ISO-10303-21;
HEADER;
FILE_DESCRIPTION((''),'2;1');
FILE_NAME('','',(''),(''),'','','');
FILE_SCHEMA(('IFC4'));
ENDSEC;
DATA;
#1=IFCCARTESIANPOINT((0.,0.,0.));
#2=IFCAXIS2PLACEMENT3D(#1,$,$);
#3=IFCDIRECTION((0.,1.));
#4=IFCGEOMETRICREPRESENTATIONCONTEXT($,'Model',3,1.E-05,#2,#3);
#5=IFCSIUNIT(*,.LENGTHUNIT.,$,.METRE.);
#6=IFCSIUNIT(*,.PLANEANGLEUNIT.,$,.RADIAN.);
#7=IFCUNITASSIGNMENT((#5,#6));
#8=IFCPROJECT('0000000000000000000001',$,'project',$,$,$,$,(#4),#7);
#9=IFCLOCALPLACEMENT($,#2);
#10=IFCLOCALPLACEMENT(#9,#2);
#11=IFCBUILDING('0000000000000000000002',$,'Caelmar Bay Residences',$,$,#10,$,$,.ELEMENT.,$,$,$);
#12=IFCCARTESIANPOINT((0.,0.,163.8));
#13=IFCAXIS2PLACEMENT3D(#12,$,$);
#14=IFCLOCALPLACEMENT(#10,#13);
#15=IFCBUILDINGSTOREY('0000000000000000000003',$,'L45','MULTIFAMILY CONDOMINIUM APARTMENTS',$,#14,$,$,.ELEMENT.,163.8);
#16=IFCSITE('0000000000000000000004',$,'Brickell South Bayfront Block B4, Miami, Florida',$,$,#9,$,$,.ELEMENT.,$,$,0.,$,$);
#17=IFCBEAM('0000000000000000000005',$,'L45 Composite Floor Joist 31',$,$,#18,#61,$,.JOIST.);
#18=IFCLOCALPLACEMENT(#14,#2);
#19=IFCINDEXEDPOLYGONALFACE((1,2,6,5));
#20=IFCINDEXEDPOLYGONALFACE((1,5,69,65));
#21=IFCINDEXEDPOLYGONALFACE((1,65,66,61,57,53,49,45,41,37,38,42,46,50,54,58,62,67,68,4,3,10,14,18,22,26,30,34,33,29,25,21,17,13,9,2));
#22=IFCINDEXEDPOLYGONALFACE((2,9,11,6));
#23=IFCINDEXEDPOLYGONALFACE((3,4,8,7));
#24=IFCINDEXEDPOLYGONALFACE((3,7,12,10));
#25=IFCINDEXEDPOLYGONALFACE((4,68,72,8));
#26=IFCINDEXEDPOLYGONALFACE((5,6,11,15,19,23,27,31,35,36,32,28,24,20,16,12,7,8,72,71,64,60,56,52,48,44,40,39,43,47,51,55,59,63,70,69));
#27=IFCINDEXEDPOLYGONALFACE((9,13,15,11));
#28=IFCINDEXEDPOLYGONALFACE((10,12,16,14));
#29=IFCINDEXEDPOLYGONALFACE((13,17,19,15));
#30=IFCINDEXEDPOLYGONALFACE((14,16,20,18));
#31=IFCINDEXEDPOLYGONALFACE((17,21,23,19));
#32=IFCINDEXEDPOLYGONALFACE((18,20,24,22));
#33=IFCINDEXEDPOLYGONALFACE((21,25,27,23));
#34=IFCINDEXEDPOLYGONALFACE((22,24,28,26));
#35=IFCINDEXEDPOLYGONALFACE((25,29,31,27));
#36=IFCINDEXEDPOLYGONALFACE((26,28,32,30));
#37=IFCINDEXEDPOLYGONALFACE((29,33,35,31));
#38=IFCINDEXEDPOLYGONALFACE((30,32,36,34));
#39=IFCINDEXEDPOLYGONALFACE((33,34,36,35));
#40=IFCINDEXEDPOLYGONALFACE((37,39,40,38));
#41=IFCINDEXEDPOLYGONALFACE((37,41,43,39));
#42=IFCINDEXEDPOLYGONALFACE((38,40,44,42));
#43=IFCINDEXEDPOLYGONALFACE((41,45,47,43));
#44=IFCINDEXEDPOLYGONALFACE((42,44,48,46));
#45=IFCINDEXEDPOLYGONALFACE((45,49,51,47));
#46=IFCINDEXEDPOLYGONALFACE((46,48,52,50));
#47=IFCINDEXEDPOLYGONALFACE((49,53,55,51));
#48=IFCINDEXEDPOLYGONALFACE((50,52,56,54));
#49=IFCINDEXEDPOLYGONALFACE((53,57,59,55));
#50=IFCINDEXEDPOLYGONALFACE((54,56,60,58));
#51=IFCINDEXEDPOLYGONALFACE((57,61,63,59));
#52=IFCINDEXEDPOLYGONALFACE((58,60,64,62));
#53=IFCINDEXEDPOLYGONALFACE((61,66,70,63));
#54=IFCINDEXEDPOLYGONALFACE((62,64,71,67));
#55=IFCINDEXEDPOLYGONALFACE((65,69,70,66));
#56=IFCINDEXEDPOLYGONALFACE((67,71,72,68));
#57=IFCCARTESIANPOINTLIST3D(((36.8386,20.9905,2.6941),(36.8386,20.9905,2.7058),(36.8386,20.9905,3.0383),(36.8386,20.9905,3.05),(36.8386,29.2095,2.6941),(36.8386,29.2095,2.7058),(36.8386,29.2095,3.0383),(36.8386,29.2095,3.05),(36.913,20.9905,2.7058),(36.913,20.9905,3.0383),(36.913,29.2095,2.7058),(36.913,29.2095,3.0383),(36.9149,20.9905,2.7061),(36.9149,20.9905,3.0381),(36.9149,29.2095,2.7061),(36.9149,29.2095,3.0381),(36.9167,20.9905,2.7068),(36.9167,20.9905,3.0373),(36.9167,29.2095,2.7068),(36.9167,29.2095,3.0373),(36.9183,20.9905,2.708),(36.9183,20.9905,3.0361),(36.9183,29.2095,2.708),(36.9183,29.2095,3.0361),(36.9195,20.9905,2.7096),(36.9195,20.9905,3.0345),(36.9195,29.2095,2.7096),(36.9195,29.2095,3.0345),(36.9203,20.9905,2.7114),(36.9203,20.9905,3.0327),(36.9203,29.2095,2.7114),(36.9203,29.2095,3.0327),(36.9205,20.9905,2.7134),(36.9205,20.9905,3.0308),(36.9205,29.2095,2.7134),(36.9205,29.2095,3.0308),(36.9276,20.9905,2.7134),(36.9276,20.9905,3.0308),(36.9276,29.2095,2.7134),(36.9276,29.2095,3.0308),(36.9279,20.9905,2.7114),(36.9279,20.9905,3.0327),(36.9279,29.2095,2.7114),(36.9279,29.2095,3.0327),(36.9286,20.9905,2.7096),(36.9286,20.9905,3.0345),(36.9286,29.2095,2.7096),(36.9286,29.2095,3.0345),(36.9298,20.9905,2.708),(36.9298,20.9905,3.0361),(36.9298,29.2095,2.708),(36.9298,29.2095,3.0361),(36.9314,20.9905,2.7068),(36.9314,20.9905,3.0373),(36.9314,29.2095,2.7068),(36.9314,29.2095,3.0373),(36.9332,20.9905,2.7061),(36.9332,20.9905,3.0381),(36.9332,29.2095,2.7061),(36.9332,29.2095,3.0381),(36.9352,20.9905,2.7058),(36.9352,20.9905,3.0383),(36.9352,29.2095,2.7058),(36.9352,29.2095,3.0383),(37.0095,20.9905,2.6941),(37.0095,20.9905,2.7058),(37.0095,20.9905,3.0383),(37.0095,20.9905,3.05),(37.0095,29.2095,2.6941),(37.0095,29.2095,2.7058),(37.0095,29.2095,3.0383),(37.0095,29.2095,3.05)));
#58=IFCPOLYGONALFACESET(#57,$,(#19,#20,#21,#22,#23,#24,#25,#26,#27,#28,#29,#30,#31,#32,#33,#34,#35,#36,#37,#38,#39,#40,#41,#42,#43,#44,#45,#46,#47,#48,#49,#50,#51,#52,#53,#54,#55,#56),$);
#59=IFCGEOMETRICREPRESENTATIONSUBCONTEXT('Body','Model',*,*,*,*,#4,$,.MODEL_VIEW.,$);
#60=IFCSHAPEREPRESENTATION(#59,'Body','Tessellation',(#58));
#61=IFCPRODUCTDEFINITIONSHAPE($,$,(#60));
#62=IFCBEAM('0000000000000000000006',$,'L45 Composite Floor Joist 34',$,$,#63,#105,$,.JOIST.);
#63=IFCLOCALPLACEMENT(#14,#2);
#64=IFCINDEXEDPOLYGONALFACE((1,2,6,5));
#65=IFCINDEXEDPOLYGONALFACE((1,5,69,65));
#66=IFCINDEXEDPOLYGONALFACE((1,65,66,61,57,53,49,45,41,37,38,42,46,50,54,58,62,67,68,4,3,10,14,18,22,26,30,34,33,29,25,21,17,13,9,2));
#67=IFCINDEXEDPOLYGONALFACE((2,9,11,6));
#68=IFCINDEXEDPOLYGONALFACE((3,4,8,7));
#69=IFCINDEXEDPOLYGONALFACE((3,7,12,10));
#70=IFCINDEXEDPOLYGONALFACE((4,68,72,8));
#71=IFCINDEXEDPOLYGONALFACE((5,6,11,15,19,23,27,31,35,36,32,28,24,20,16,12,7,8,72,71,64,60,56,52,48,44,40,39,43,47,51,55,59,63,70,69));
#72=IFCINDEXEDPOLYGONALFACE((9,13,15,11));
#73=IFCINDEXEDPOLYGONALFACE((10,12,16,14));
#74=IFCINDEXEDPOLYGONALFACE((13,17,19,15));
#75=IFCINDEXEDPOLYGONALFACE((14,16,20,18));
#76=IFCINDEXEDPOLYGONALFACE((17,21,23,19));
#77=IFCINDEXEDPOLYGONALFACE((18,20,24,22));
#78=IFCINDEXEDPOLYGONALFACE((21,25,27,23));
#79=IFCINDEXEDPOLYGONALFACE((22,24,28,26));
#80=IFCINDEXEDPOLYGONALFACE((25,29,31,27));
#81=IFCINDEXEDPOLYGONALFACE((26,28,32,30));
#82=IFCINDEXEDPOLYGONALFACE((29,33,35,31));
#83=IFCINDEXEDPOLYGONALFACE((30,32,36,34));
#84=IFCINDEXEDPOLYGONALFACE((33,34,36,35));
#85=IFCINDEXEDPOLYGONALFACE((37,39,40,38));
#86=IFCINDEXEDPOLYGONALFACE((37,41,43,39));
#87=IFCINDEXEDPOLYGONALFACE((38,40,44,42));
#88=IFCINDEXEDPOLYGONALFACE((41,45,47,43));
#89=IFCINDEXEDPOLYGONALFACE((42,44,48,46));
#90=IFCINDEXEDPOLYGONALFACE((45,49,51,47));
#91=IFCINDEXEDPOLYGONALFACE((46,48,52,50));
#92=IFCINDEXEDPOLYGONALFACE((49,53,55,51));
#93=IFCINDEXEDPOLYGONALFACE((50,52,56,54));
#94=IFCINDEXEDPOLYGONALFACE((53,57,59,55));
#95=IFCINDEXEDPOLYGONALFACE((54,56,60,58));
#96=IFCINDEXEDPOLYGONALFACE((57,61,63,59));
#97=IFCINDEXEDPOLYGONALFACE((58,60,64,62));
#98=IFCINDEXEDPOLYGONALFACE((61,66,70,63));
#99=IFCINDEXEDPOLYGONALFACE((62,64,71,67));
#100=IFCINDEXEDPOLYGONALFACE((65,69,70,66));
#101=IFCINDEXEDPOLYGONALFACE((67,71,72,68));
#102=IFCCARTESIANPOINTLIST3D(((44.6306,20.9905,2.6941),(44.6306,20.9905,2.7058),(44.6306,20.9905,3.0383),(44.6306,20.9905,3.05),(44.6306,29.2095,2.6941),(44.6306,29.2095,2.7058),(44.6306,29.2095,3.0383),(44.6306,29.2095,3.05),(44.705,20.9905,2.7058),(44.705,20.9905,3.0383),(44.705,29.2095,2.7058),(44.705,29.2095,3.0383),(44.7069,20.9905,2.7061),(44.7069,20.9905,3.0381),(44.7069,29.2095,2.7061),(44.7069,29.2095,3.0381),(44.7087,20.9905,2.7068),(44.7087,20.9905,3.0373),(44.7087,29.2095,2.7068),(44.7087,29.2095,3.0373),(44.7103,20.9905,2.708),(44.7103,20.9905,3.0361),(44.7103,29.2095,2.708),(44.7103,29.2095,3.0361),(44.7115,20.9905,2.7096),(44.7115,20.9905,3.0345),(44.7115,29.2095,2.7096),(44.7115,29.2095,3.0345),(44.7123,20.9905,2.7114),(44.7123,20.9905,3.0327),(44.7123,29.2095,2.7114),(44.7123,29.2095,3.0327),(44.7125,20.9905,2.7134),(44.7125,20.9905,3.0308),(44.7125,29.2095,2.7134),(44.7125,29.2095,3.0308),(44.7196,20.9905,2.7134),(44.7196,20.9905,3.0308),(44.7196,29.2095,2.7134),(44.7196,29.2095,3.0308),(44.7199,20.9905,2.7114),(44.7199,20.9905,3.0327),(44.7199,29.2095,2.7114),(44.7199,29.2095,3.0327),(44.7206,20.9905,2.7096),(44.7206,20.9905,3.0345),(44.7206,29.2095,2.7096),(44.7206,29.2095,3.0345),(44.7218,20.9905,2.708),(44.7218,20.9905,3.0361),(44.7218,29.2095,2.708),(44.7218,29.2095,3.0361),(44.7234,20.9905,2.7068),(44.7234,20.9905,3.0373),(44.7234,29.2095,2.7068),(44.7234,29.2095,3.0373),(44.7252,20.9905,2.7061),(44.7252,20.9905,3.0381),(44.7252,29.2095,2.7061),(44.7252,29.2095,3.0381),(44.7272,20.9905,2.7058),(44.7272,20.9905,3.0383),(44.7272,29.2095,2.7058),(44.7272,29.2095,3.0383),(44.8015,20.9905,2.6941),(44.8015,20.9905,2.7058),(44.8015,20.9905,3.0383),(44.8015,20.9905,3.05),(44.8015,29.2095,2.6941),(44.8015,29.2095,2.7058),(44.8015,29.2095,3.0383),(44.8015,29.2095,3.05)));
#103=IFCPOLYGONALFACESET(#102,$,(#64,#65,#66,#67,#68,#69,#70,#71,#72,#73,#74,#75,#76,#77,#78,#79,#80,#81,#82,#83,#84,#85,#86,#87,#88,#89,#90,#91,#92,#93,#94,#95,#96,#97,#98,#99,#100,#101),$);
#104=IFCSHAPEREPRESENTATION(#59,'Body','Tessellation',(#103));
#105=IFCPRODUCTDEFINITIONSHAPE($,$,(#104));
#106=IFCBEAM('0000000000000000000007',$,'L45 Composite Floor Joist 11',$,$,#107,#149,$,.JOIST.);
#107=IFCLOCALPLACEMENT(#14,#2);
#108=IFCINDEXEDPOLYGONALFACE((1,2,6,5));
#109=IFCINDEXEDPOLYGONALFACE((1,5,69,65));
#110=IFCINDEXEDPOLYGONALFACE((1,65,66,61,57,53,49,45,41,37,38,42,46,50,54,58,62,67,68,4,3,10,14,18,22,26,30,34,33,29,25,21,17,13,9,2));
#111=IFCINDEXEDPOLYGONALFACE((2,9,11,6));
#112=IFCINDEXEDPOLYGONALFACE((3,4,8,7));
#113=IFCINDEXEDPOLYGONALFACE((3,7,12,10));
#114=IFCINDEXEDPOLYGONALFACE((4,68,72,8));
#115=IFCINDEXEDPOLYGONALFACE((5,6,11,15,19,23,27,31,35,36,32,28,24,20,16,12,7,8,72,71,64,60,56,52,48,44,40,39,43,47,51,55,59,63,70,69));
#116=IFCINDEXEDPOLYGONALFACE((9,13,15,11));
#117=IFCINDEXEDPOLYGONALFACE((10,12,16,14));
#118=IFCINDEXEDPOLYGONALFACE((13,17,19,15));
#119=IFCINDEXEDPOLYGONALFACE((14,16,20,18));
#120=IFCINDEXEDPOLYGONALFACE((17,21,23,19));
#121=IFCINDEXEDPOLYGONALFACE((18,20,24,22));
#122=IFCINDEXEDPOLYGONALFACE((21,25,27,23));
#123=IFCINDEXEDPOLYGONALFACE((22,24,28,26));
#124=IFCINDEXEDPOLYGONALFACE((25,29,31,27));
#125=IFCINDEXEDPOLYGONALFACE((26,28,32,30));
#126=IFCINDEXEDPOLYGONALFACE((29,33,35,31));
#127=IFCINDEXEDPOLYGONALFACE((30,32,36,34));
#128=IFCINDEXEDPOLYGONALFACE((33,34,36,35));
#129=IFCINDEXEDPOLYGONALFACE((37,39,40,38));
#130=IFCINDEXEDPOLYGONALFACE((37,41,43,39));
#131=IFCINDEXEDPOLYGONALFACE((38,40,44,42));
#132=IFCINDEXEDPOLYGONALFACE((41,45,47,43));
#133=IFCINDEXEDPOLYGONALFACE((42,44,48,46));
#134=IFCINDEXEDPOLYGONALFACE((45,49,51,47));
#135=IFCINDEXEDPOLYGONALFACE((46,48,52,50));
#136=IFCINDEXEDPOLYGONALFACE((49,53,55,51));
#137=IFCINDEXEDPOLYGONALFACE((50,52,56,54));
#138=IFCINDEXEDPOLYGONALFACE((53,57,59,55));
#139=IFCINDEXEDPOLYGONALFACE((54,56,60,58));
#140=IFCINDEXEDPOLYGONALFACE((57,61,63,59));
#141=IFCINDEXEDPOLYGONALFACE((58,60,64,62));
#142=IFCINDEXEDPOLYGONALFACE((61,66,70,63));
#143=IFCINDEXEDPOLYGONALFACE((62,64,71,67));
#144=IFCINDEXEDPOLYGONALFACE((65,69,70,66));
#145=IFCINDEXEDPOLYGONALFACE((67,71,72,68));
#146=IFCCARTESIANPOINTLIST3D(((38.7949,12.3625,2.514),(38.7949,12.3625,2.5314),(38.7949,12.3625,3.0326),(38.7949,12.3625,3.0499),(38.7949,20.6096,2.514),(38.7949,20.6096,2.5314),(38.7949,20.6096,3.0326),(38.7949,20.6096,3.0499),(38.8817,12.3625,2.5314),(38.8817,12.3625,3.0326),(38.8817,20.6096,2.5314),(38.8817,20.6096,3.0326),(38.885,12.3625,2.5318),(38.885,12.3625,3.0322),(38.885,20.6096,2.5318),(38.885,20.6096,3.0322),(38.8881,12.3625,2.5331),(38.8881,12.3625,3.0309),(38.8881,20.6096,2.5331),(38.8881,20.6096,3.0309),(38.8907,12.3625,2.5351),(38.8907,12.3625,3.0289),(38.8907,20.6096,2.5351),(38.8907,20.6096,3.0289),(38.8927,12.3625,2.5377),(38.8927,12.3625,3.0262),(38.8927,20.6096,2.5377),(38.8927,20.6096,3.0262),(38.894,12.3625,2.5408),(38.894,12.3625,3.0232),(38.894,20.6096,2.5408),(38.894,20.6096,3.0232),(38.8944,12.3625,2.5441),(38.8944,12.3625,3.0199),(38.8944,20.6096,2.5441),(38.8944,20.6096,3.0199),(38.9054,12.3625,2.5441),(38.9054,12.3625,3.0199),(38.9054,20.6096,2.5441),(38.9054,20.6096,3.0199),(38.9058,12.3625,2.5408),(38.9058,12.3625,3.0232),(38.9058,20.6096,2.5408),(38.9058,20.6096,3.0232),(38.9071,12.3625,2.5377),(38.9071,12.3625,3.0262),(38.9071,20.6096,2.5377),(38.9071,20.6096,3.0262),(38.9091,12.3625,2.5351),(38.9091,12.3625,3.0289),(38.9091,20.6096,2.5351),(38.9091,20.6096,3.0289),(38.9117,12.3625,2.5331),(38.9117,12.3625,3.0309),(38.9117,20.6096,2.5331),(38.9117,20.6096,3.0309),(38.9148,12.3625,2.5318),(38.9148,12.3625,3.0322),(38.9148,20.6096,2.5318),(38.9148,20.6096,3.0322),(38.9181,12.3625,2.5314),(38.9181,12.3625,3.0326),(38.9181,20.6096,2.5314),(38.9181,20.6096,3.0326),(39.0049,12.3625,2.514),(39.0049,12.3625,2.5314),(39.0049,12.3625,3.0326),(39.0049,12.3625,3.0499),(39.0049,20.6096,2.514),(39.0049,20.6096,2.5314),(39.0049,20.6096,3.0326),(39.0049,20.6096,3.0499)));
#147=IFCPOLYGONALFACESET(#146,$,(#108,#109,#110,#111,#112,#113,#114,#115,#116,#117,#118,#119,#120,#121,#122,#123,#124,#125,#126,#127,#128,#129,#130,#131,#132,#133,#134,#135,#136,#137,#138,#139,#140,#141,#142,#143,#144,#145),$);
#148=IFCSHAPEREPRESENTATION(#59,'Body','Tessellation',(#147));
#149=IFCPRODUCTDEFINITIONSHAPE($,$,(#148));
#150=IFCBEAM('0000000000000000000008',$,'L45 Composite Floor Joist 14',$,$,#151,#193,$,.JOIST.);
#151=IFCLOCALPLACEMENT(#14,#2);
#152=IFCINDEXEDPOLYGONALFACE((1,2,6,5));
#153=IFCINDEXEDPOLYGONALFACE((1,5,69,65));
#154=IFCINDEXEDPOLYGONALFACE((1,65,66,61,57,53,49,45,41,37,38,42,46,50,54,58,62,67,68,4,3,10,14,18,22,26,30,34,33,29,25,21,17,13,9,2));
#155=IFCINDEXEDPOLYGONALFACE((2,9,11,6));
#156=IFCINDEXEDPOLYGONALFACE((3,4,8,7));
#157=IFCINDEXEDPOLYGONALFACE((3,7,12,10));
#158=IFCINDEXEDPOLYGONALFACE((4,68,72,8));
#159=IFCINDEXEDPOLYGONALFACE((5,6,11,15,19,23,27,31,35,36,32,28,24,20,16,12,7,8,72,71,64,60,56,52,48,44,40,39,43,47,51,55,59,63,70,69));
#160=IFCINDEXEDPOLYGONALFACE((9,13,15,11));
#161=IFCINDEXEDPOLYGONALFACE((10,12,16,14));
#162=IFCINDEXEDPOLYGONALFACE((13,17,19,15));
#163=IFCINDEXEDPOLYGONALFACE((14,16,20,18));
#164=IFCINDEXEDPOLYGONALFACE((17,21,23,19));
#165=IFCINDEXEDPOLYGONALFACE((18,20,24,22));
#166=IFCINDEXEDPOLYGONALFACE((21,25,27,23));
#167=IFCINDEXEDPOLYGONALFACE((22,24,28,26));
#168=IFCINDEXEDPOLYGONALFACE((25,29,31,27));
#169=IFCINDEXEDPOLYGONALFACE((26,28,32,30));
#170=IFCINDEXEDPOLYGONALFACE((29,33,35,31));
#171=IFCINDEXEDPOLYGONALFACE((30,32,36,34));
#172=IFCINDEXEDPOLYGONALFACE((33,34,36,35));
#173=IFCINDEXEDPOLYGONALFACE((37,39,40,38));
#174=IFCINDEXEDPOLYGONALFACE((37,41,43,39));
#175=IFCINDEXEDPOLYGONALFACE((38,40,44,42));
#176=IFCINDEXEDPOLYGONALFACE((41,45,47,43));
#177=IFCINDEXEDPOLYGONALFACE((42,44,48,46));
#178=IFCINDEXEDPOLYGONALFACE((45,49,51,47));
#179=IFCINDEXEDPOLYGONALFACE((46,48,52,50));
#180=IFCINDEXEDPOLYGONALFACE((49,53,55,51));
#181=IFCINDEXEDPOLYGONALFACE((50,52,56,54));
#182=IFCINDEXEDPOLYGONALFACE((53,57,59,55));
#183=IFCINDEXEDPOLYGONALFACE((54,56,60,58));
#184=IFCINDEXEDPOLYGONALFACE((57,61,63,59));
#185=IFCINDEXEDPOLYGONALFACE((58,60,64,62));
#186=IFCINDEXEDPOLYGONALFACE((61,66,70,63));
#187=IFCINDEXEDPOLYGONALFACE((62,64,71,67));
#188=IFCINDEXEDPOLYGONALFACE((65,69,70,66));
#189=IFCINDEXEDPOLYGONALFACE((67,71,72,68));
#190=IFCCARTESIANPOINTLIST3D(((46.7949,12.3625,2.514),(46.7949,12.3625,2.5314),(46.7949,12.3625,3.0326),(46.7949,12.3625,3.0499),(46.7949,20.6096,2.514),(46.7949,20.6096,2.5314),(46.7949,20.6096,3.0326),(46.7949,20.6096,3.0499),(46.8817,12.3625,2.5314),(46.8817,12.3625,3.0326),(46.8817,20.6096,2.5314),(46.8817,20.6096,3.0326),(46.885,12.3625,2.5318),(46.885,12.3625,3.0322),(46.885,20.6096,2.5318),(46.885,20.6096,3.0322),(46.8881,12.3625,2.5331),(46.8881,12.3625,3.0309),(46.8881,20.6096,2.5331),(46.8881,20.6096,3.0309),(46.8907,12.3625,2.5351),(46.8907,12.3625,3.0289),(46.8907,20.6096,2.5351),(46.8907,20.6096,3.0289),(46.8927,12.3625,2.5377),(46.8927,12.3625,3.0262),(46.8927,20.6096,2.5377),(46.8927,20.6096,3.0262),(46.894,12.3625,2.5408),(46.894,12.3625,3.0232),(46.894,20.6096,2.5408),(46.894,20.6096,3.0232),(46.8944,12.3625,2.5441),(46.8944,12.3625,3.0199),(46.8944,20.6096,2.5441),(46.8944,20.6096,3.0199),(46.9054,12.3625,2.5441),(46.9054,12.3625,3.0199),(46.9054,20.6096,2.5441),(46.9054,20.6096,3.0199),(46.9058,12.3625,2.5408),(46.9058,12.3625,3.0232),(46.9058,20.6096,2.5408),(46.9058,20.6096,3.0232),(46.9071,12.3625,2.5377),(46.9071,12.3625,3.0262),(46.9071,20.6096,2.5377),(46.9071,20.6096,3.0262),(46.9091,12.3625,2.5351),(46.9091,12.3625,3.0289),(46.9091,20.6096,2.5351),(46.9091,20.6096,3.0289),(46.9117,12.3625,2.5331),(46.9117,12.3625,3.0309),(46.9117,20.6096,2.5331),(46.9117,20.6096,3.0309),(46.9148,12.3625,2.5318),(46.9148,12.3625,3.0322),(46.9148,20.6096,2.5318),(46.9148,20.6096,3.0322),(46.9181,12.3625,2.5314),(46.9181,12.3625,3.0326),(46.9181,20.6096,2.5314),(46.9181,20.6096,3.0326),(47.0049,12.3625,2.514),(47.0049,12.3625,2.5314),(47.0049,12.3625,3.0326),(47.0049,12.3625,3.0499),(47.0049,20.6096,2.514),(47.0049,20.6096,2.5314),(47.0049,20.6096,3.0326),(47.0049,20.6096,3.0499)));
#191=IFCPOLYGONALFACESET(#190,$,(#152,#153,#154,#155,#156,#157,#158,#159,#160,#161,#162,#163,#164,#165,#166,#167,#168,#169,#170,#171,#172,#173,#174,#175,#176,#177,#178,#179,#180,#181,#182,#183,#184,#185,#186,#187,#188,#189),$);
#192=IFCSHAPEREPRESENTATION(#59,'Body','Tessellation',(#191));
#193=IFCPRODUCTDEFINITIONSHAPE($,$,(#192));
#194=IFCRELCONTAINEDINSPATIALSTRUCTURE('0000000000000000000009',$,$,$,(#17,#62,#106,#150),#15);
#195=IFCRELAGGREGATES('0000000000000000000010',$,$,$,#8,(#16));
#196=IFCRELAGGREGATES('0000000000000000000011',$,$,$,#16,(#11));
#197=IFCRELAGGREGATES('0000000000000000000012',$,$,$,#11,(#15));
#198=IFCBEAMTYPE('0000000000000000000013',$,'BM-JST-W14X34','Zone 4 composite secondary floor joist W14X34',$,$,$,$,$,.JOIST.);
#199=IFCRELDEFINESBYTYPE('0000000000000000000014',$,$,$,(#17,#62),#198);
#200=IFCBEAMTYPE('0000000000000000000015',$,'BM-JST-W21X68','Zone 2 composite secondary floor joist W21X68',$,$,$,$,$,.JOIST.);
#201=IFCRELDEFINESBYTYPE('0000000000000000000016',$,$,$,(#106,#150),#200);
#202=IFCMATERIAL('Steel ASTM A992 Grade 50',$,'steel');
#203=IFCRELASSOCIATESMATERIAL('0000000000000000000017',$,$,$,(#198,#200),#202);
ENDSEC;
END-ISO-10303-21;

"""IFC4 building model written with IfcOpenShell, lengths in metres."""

from ifc_helpers import new_model, si_unit, direction, frame, origin, origin_2d, place, context, subcontext, project, spatial, i_section, extrude, material, material_profile, profile_set, type_object, element, save


model = new_model("IFC4")

# Units and contexts
model_context = context("Model", 3, precision=1e-05, world=origin(), true_north=direction((0.0, 1.0)))
body_context = subcontext(model_context, "Body", "Model", "MODEL_VIEW")
ifc_project = project(units=[si_unit("LENGTHUNIT", "METRE"), si_unit("PLANEANGLEUNIT", "RADIAN")], contexts=[model_context])

# Site, building, storey
site_placement = place(None, origin())
site = spatial("IfcSite", under=ifc_project, at=site_placement, Name="Brickell South Bayfront Block B4, Miami, Florida", CompositionType="ELEMENT", RefElevation=0.0)
building_placement = place(site_placement, origin())
building = spatial("IfcBuilding", under=site, at=building_placement, Name="Caelmar Bay Residences", CompositionType="ELEMENT")
storey_placement = place(building_placement, frame((0.0, 0.0, 163.8)))
storey = spatial("IfcBuildingStorey", under=building, at=storey_placement, Name="L45", Description="MULTIFAMILY CONDOMINIUM APARTMENTS", CompositionType="ELEMENT", Elevation=163.8)

# Beams
ifc_material_1 = material(Name="Steel ASTM A992 Grade 50", Category="steel")
ifc_material_profile_1 = material_profile(ifc_material_1, i_section(OverallWidth=0.1709, OverallDepth=0.356, WebThickness=0.0071, FlangeThickness=0.0117, FilletRadius=0.0076, at=origin_2d()), Name="W14X34")
ifc_profile_set_1 = profile_set([ifc_material_profile_1], Name="Steel ASTM A992 Grade 50")
beam_type_1 = type_object("IfcBeamType", Name="BM-JST-W14X34", Description="Zone 4 composite secondary floor joist W14X34", PredefinedType="JOIST", material=ifc_profile_set_1)
for number, where, z_axis, x_axis, name in (
    (1, (36.9241, 20.9905, 2.8721), (0.0, 1.0, 0.0), (-1.0, 0.0, 0.0), "L45 Composite Floor Joist 31"),
    (2, (44.7161, 20.9905, 2.8721), (0.0, 1.0, 0.0), (-1.0, 0.0, 0.0), "L45 Composite Floor Joist 34"),
):
    element("IfcBeam", number, at=place(storey_placement, frame(where, z_axis=z_axis, x_axis=x_axis)), inside=storey, type_object=beam_type_1, Name=name, PredefinedType="JOIST", context=body_context, shape_type="SweptSolid", body=[
        extrude(i_section(OverallWidth=0.1709, OverallDepth=0.356, WebThickness=0.0071, FlangeThickness=0.0117, FilletRadius=0.0076, at=origin_2d()), origin(), (0.0, 0.0, 1.0), 8.219),
    ])
ifc_material_profile_2 = material_profile(ifc_material_1, i_section(OverallWidth=0.21, OverallDepth=0.5359, WebThickness=0.011, FlangeThickness=0.0173, FilletRadius=0.0127, at=origin_2d()), Name="W21X68")
ifc_profile_set_2 = profile_set([ifc_material_profile_2], Name="Steel ASTM A992 Grade 50")
beam_type_2 = type_object("IfcBeamType", Name="BM-JST-W21X68", Description="Zone 2 composite secondary floor joist W21X68", PredefinedType="JOIST", material=ifc_profile_set_2)
for number, where, z_axis, x_axis, name in (
    (3, (38.8999, 12.3625, 2.782), (0.0, 1.0, 0.0), (-1.0, 0.0, 0.0), "L45 Composite Floor Joist 11"),
    (4, (46.8999, 12.3625, 2.782), (0.0, 1.0, 0.0), (-1.0, 0.0, 0.0), "L45 Composite Floor Joist 14"),
):
    element("IfcBeam", number, at=place(storey_placement, frame(where, z_axis=z_axis, x_axis=x_axis)), inside=storey, type_object=beam_type_2, Name=name, PredefinedType="JOIST", context=body_context, shape_type="SweptSolid", body=[
        extrude(i_section(OverallWidth=0.21, OverallDepth=0.5359, WebThickness=0.011, FlangeThickness=0.0173, FilletRadius=0.0127, at=origin_2d()), origin(), (0.0, 0.0, 1.0), 8.2471),
    ])

save(model, "model.ifc")
